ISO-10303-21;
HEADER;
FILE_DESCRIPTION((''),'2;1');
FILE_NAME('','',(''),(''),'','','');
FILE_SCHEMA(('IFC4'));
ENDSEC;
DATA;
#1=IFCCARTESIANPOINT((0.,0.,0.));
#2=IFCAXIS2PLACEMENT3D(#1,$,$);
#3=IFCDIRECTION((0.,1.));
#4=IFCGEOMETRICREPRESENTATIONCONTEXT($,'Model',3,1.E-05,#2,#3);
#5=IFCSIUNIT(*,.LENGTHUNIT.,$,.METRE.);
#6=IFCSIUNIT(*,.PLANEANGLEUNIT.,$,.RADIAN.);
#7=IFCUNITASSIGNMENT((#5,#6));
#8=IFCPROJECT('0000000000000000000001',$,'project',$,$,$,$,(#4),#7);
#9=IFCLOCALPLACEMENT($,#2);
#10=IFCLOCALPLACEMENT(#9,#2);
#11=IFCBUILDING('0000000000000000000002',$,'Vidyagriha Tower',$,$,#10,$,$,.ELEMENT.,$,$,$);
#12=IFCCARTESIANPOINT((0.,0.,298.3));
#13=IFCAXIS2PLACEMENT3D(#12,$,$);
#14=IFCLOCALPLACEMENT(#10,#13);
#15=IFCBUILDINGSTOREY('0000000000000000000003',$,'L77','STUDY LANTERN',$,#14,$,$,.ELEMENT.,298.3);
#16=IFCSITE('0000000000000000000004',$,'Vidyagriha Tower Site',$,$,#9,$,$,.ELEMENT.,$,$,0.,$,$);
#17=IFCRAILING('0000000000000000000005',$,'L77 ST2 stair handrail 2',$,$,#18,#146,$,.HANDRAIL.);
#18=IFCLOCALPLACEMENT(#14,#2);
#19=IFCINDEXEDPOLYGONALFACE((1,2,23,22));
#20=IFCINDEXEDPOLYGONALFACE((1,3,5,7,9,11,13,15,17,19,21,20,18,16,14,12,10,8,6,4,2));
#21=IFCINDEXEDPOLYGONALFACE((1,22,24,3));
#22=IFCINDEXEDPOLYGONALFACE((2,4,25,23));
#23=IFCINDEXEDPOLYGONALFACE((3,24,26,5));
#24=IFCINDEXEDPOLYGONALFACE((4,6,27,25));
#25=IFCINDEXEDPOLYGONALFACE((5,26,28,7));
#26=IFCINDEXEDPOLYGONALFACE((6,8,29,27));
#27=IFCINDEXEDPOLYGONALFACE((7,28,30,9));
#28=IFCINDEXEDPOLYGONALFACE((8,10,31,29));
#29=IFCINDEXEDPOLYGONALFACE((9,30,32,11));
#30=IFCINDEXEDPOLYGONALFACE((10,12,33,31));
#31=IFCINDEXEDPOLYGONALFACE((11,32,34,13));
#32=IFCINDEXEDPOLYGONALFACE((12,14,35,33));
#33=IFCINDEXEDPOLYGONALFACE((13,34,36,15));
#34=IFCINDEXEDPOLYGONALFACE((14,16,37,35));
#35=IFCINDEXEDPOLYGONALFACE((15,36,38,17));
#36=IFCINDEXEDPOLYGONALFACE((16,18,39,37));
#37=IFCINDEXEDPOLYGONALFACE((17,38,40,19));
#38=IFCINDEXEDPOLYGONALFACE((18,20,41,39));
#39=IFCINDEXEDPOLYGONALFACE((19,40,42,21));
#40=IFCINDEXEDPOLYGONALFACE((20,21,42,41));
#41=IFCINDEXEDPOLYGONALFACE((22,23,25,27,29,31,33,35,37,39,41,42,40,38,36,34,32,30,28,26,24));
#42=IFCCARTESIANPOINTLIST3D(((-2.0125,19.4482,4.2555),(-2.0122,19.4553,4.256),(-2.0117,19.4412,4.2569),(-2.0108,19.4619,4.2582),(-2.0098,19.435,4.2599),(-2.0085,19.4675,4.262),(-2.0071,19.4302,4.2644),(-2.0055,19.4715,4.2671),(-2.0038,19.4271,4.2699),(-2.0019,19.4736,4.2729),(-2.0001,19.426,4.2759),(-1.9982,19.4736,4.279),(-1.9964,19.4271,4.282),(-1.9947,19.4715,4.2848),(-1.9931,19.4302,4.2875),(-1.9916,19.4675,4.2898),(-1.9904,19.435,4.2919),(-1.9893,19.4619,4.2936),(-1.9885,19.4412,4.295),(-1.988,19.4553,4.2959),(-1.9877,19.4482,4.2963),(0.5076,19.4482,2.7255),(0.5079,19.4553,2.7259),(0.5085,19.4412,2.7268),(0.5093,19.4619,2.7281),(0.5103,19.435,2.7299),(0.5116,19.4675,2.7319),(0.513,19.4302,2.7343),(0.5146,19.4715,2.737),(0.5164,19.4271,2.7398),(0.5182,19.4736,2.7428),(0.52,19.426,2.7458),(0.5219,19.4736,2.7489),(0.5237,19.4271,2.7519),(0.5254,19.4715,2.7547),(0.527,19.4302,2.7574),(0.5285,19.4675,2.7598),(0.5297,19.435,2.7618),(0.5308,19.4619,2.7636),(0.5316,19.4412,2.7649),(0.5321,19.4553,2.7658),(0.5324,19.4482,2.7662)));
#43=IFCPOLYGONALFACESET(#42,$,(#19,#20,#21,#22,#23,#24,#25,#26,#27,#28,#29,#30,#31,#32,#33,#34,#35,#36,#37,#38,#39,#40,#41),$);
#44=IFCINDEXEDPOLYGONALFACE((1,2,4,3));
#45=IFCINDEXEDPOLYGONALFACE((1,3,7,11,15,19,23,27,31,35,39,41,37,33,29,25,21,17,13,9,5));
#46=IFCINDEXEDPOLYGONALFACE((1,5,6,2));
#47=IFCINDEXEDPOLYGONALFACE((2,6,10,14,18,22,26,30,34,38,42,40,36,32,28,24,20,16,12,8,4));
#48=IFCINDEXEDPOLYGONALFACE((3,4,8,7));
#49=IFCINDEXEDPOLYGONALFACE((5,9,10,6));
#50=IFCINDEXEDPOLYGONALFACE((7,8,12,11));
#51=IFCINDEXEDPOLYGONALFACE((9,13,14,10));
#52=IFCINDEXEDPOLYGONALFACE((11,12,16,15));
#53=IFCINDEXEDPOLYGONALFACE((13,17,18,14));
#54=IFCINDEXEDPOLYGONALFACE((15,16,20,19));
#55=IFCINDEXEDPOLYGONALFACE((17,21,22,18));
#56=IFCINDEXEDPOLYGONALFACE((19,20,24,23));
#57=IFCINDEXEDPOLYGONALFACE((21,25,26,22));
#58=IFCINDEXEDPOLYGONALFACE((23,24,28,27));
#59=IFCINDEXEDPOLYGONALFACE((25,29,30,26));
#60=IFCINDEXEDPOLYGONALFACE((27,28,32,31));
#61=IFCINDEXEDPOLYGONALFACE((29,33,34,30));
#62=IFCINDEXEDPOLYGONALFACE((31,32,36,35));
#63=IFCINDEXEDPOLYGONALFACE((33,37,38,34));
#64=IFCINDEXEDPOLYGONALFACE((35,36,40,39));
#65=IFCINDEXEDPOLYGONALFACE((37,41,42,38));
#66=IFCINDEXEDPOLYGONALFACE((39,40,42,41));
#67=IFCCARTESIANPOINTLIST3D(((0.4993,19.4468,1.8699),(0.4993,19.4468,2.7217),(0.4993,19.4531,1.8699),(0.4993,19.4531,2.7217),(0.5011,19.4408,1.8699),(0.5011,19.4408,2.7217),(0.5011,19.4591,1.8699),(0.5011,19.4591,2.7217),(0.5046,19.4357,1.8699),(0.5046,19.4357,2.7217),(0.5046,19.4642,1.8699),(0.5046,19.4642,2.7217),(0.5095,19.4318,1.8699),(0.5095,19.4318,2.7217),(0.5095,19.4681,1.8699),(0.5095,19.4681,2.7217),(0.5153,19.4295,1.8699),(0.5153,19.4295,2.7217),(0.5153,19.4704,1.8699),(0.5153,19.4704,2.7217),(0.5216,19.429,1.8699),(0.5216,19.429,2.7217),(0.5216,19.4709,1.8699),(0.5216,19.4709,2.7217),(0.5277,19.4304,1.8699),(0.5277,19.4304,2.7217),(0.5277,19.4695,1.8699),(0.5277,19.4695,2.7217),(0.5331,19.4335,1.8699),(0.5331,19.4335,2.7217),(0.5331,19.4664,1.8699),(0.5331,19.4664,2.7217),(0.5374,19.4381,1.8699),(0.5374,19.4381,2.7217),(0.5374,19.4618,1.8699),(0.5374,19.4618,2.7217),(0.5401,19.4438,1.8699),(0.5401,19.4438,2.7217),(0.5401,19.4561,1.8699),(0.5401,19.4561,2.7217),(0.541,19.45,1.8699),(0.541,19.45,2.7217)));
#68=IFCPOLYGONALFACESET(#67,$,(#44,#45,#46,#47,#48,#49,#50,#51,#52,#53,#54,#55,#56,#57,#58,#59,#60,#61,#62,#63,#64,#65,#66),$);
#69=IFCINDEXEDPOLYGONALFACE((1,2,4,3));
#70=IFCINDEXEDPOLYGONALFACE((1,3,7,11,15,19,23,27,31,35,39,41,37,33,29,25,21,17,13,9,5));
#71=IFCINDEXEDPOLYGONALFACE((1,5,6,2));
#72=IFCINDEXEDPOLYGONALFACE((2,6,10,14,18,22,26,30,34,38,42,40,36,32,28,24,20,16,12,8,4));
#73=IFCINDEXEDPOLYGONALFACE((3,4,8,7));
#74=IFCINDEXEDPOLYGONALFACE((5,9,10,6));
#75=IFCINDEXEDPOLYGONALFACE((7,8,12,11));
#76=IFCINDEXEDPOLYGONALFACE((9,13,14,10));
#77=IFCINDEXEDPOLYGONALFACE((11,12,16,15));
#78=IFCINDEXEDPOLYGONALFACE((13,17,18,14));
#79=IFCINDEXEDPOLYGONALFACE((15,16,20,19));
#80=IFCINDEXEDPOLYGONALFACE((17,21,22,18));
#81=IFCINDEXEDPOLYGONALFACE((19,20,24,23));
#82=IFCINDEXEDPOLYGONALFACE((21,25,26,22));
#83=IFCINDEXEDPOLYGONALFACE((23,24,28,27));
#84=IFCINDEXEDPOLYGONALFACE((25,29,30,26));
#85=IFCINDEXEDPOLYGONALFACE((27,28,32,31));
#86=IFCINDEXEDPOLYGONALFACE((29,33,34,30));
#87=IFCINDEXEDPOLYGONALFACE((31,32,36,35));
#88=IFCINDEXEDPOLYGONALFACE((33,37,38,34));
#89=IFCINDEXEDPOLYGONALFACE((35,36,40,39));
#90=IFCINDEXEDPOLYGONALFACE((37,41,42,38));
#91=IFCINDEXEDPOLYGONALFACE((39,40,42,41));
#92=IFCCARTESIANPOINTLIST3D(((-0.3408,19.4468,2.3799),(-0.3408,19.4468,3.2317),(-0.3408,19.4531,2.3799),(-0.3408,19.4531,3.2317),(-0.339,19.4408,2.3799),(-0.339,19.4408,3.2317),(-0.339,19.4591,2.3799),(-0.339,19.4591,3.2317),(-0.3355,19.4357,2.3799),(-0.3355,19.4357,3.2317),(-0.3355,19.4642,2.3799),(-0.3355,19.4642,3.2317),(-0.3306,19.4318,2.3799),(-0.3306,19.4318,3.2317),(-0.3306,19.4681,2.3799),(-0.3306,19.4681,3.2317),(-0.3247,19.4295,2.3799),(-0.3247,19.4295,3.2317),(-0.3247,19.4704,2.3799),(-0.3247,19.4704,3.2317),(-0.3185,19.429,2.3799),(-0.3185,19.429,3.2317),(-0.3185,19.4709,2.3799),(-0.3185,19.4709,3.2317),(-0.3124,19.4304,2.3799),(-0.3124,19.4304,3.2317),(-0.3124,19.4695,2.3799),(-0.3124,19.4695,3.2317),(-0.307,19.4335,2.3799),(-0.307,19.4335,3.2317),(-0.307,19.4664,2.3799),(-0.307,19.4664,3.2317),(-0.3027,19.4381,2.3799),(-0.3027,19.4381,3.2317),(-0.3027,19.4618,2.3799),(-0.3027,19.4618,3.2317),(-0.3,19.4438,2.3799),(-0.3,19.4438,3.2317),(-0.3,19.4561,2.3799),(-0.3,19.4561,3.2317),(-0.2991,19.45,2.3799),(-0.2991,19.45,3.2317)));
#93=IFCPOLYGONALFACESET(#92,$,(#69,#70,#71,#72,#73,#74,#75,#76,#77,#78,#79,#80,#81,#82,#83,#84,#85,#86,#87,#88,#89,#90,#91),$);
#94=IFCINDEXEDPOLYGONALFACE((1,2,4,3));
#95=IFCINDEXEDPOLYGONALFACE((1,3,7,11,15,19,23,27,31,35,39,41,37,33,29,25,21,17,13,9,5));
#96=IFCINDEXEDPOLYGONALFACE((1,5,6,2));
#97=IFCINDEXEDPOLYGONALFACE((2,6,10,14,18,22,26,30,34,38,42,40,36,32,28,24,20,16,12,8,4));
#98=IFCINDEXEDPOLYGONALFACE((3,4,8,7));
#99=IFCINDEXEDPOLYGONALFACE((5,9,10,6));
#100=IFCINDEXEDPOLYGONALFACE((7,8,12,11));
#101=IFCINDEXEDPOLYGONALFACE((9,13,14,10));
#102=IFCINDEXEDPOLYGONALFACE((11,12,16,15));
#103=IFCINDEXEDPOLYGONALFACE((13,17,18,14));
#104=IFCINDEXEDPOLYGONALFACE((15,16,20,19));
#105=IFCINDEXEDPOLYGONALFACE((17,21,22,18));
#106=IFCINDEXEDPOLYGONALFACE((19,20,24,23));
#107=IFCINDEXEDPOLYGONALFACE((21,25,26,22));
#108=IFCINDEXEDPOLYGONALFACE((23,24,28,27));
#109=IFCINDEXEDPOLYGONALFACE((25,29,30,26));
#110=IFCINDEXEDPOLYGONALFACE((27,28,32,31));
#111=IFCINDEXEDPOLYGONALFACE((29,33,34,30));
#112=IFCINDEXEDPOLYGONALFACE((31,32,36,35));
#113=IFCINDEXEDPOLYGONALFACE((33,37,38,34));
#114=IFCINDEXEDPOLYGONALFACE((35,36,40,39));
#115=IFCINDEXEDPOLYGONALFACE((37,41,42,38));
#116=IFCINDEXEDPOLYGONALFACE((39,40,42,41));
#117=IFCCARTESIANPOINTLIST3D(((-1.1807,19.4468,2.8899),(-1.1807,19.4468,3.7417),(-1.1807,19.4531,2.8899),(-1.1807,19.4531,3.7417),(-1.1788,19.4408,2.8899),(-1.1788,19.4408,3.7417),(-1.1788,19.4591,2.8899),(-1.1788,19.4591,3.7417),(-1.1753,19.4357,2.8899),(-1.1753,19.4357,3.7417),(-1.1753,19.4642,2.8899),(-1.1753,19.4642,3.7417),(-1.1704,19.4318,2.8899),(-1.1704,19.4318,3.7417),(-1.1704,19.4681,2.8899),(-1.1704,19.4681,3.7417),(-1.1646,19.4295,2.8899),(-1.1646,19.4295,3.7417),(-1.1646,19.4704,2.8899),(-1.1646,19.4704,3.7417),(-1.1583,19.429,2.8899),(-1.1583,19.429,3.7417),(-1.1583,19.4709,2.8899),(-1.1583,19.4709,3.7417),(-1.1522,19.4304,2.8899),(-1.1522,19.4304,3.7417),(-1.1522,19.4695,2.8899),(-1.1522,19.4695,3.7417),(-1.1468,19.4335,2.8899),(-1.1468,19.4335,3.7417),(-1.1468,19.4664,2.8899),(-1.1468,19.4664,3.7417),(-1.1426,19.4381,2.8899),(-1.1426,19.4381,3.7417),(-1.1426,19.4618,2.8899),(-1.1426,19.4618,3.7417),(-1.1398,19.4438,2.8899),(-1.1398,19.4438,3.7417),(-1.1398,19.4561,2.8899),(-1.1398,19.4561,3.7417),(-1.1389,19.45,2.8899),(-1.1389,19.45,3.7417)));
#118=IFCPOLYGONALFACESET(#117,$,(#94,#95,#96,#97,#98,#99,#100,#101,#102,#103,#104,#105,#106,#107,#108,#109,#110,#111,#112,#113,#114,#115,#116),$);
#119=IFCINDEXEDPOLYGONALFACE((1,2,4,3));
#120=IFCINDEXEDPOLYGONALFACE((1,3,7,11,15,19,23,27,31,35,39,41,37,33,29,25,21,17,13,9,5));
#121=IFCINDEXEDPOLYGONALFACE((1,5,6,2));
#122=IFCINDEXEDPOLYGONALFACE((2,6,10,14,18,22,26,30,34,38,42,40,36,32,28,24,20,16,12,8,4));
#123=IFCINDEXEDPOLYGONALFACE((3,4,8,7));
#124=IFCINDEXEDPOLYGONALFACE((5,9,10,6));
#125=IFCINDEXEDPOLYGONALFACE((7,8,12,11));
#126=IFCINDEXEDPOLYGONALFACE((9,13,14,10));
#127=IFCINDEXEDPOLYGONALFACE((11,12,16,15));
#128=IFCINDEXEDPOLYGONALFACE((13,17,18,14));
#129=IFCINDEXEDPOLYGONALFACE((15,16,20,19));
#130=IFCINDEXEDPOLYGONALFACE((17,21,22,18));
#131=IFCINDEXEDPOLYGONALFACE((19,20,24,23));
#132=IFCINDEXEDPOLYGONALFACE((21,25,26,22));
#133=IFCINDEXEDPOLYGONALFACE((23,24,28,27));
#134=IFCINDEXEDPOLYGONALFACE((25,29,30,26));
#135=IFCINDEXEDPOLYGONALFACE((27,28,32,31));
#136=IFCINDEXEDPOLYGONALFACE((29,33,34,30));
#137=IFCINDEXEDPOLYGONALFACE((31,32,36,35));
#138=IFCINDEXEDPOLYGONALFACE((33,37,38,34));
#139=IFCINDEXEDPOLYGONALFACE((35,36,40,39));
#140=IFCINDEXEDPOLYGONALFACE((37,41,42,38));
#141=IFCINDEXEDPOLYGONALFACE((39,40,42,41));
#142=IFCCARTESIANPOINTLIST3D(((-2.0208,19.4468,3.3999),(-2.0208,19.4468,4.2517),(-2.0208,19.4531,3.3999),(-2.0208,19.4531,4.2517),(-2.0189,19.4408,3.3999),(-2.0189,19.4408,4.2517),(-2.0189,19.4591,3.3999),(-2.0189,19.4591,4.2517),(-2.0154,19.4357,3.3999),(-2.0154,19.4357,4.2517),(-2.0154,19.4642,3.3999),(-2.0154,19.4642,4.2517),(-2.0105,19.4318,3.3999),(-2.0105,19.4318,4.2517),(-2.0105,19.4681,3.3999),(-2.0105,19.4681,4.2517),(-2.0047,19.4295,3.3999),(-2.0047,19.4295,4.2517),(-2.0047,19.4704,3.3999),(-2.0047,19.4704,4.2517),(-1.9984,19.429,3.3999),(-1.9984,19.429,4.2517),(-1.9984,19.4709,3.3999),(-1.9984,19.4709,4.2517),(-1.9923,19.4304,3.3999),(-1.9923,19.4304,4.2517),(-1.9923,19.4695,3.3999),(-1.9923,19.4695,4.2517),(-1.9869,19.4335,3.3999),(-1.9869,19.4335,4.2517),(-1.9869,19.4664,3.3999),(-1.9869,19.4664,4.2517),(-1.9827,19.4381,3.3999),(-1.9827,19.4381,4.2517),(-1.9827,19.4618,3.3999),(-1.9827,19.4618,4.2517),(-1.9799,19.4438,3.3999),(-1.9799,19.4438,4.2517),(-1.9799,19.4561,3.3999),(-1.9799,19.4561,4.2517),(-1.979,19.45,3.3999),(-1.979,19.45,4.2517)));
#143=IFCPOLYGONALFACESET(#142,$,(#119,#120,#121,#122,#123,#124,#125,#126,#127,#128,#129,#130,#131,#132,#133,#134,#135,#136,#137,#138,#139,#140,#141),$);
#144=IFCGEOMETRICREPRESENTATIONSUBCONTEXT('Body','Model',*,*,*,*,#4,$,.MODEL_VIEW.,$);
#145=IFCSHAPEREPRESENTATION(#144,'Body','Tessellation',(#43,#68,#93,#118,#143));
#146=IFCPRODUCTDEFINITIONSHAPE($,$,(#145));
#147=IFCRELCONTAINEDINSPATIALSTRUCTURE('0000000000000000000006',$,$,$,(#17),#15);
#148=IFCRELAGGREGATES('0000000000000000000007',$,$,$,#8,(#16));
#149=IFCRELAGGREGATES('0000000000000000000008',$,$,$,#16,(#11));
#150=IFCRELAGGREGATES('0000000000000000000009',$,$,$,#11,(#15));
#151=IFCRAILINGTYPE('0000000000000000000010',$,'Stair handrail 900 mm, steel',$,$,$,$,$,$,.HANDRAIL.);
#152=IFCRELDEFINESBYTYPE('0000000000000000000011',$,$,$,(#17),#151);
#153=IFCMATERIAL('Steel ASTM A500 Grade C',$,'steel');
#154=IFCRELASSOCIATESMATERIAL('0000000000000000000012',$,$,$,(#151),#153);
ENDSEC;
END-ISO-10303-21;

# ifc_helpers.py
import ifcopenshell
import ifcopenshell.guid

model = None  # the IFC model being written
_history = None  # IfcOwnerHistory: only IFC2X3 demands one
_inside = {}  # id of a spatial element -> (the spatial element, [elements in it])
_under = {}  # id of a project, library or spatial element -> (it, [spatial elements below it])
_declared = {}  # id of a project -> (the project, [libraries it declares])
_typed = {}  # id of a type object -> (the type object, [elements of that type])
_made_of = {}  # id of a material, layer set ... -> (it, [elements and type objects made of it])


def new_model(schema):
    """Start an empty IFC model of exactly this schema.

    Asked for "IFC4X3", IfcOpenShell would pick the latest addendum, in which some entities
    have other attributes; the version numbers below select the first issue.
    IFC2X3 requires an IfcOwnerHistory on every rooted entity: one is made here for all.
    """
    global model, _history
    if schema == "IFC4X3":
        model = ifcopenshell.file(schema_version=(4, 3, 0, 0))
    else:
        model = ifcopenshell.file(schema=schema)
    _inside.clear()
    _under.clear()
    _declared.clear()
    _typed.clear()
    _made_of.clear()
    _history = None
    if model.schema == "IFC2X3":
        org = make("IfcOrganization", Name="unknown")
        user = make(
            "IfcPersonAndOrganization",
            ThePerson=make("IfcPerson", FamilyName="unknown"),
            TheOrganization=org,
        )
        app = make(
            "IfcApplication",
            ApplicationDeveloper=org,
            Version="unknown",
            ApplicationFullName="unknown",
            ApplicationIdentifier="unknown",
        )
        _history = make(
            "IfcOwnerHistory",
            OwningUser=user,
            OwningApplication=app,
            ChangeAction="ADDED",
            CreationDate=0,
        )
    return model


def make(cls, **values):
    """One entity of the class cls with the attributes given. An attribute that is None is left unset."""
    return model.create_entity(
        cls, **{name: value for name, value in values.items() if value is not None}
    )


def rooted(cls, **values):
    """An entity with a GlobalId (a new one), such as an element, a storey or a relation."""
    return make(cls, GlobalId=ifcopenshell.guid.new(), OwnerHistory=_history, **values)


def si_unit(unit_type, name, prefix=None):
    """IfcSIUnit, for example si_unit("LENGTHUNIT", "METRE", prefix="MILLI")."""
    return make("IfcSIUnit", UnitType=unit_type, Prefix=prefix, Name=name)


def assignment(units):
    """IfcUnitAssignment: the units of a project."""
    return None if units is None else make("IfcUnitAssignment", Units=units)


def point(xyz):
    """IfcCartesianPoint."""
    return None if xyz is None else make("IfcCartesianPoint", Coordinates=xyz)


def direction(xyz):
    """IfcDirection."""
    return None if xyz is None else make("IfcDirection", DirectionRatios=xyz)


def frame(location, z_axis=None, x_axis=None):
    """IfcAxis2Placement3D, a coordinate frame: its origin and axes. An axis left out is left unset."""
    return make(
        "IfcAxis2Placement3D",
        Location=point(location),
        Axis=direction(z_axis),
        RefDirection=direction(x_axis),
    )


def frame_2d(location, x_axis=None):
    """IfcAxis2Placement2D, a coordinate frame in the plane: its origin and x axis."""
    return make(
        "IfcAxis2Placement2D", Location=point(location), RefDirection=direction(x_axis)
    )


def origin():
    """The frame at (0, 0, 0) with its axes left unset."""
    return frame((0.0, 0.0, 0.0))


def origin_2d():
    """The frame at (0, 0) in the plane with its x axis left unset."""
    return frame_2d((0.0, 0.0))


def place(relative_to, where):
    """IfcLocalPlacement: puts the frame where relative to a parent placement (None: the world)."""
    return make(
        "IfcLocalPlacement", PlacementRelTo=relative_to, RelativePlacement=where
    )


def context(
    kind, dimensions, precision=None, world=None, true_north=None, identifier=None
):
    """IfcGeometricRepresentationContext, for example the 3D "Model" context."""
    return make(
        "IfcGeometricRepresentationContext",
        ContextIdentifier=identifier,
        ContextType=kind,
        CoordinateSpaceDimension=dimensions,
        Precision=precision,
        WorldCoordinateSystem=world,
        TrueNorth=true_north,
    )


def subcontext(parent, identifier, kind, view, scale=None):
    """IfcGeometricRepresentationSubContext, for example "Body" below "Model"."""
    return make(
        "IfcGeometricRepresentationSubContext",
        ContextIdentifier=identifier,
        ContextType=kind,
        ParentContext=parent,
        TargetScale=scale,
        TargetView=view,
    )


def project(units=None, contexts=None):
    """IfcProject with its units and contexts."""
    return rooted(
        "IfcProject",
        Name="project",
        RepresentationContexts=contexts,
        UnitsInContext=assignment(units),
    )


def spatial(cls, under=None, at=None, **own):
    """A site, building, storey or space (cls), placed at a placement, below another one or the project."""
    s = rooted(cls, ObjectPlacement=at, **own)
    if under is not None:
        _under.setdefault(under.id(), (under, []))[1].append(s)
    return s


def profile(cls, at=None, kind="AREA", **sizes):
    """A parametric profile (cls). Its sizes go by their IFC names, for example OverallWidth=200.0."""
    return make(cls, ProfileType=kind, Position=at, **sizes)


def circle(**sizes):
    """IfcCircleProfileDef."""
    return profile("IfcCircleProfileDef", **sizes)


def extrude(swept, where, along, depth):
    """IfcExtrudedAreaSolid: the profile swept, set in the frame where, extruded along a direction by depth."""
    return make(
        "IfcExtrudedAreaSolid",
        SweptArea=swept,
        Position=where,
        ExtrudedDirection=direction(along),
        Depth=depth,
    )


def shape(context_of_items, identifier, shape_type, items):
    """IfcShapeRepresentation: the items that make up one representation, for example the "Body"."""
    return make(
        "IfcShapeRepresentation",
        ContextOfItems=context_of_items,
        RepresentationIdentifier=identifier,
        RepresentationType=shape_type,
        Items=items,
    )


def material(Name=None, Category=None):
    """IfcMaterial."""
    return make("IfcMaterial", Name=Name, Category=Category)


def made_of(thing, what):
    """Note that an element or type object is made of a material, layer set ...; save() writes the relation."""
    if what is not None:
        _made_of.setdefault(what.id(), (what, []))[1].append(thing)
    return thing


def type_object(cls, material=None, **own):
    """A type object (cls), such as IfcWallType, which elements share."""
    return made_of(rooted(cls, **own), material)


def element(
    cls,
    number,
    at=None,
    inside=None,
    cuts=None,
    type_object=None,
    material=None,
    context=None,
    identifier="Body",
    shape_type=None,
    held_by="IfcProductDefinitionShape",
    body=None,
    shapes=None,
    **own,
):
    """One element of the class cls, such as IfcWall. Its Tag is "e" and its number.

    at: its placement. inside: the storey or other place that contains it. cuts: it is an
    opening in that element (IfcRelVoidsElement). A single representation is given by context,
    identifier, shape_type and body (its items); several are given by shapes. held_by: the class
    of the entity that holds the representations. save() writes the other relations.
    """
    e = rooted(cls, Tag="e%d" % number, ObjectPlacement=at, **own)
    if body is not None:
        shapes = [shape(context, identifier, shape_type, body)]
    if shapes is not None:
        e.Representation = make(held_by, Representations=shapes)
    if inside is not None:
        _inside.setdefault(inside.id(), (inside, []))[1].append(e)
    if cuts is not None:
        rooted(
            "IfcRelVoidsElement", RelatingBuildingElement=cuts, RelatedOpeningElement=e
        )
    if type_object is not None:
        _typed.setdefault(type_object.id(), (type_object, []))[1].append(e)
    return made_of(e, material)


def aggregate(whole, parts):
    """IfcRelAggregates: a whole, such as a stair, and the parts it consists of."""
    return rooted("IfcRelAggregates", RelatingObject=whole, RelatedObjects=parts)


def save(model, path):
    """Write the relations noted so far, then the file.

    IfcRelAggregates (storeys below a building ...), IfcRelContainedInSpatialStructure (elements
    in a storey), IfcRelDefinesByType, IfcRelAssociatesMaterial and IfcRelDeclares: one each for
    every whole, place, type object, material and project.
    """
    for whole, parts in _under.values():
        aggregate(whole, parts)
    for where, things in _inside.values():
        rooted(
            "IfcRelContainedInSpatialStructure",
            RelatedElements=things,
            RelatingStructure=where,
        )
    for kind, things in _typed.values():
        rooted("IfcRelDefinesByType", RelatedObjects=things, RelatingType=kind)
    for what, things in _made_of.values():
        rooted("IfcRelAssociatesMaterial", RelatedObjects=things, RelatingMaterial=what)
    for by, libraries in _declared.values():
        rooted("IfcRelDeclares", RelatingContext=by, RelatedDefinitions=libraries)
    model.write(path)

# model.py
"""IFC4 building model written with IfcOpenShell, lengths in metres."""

from ifc_helpers import new_model, si_unit, direction, frame, origin, origin_2d, place, context, subcontext, project, spatial, circle, extrude, material, type_object, element, save


model = new_model("IFC4")

# Units and contexts
model_context = context("Model", 3, precision=1e-05, world=origin(), true_north=direction((0.0, 1.0)))
body_context = subcontext(model_context, "Body", "Model", "MODEL_VIEW")
ifc_project = project(units=[si_unit("LENGTHUNIT", "METRE"), si_unit("PLANEANGLEUNIT", "RADIAN")], contexts=[model_context])

# Site, building, storey
site_placement = place(None, origin())
site = spatial("IfcSite", under=ifc_project, at=site_placement, Name="Vidyagriha Tower Site", CompositionType="ELEMENT", RefElevation=0.0)
building_placement = place(site_placement, origin())
building = spatial("IfcBuilding", under=site, at=building_placement, Name="Vidyagriha Tower", CompositionType="ELEMENT")
storey_placement = place(building_placement, frame((0.0, 0.0, 298.3)))
storey = spatial("IfcBuildingStorey", under=building, at=storey_placement, Name="L77", Description="STUDY LANTERN", CompositionType="ELEMENT", Elevation=298.3)

# Railing
ifc_material_1 = material(Name="Steel ASTM A500 Grade C", Category="steel")
railing_type_1 = type_object("IfcRailingType", Name="Stair handrail 900 mm, steel", PredefinedType="HANDRAIL", material=ifc_material_1)
railing_1_placement = place(storey_placement, frame((0.52, 19.45, 1.8699)))
element("IfcRailing", 1, at=railing_1_placement, inside=storey, type_object=railing_type_1, Name="L77 ST2 stair handrail 2", PredefinedType="HANDRAIL", context=body_context, shape_type="SweptSolid", body=[
    extrude(circle(Radius=0.0239, at=origin_2d()), frame((0.0, 0.0, 0.876), z_axis=(-0.854785, 0.0, 0.518982), x_axis=(0.0, -1.0, 0.0)), (0.0, 0.0, 1.0), 2.9482),
    extrude(circle(Radius=0.021, at=origin_2d()), origin(), (0.0, 0.0, 1.0), 0.8518),
    extrude(circle(Radius=0.021, at=origin_2d()), frame((-0.8401, 0.0, 0.51)), (0.0, 0.0, 1.0), 0.8518),
    extrude(circle(Radius=0.021, at=origin_2d()), frame((-1.6799, 0.0, 1.02)), (0.0, 0.0, 1.0), 0.8518),
    extrude(circle(Radius=0.021, at=origin_2d()), frame((-2.52, 0.0, 1.53)), (0.0, 0.0, 1.0), 0.8518),
])

save(model, "model.ifc")
